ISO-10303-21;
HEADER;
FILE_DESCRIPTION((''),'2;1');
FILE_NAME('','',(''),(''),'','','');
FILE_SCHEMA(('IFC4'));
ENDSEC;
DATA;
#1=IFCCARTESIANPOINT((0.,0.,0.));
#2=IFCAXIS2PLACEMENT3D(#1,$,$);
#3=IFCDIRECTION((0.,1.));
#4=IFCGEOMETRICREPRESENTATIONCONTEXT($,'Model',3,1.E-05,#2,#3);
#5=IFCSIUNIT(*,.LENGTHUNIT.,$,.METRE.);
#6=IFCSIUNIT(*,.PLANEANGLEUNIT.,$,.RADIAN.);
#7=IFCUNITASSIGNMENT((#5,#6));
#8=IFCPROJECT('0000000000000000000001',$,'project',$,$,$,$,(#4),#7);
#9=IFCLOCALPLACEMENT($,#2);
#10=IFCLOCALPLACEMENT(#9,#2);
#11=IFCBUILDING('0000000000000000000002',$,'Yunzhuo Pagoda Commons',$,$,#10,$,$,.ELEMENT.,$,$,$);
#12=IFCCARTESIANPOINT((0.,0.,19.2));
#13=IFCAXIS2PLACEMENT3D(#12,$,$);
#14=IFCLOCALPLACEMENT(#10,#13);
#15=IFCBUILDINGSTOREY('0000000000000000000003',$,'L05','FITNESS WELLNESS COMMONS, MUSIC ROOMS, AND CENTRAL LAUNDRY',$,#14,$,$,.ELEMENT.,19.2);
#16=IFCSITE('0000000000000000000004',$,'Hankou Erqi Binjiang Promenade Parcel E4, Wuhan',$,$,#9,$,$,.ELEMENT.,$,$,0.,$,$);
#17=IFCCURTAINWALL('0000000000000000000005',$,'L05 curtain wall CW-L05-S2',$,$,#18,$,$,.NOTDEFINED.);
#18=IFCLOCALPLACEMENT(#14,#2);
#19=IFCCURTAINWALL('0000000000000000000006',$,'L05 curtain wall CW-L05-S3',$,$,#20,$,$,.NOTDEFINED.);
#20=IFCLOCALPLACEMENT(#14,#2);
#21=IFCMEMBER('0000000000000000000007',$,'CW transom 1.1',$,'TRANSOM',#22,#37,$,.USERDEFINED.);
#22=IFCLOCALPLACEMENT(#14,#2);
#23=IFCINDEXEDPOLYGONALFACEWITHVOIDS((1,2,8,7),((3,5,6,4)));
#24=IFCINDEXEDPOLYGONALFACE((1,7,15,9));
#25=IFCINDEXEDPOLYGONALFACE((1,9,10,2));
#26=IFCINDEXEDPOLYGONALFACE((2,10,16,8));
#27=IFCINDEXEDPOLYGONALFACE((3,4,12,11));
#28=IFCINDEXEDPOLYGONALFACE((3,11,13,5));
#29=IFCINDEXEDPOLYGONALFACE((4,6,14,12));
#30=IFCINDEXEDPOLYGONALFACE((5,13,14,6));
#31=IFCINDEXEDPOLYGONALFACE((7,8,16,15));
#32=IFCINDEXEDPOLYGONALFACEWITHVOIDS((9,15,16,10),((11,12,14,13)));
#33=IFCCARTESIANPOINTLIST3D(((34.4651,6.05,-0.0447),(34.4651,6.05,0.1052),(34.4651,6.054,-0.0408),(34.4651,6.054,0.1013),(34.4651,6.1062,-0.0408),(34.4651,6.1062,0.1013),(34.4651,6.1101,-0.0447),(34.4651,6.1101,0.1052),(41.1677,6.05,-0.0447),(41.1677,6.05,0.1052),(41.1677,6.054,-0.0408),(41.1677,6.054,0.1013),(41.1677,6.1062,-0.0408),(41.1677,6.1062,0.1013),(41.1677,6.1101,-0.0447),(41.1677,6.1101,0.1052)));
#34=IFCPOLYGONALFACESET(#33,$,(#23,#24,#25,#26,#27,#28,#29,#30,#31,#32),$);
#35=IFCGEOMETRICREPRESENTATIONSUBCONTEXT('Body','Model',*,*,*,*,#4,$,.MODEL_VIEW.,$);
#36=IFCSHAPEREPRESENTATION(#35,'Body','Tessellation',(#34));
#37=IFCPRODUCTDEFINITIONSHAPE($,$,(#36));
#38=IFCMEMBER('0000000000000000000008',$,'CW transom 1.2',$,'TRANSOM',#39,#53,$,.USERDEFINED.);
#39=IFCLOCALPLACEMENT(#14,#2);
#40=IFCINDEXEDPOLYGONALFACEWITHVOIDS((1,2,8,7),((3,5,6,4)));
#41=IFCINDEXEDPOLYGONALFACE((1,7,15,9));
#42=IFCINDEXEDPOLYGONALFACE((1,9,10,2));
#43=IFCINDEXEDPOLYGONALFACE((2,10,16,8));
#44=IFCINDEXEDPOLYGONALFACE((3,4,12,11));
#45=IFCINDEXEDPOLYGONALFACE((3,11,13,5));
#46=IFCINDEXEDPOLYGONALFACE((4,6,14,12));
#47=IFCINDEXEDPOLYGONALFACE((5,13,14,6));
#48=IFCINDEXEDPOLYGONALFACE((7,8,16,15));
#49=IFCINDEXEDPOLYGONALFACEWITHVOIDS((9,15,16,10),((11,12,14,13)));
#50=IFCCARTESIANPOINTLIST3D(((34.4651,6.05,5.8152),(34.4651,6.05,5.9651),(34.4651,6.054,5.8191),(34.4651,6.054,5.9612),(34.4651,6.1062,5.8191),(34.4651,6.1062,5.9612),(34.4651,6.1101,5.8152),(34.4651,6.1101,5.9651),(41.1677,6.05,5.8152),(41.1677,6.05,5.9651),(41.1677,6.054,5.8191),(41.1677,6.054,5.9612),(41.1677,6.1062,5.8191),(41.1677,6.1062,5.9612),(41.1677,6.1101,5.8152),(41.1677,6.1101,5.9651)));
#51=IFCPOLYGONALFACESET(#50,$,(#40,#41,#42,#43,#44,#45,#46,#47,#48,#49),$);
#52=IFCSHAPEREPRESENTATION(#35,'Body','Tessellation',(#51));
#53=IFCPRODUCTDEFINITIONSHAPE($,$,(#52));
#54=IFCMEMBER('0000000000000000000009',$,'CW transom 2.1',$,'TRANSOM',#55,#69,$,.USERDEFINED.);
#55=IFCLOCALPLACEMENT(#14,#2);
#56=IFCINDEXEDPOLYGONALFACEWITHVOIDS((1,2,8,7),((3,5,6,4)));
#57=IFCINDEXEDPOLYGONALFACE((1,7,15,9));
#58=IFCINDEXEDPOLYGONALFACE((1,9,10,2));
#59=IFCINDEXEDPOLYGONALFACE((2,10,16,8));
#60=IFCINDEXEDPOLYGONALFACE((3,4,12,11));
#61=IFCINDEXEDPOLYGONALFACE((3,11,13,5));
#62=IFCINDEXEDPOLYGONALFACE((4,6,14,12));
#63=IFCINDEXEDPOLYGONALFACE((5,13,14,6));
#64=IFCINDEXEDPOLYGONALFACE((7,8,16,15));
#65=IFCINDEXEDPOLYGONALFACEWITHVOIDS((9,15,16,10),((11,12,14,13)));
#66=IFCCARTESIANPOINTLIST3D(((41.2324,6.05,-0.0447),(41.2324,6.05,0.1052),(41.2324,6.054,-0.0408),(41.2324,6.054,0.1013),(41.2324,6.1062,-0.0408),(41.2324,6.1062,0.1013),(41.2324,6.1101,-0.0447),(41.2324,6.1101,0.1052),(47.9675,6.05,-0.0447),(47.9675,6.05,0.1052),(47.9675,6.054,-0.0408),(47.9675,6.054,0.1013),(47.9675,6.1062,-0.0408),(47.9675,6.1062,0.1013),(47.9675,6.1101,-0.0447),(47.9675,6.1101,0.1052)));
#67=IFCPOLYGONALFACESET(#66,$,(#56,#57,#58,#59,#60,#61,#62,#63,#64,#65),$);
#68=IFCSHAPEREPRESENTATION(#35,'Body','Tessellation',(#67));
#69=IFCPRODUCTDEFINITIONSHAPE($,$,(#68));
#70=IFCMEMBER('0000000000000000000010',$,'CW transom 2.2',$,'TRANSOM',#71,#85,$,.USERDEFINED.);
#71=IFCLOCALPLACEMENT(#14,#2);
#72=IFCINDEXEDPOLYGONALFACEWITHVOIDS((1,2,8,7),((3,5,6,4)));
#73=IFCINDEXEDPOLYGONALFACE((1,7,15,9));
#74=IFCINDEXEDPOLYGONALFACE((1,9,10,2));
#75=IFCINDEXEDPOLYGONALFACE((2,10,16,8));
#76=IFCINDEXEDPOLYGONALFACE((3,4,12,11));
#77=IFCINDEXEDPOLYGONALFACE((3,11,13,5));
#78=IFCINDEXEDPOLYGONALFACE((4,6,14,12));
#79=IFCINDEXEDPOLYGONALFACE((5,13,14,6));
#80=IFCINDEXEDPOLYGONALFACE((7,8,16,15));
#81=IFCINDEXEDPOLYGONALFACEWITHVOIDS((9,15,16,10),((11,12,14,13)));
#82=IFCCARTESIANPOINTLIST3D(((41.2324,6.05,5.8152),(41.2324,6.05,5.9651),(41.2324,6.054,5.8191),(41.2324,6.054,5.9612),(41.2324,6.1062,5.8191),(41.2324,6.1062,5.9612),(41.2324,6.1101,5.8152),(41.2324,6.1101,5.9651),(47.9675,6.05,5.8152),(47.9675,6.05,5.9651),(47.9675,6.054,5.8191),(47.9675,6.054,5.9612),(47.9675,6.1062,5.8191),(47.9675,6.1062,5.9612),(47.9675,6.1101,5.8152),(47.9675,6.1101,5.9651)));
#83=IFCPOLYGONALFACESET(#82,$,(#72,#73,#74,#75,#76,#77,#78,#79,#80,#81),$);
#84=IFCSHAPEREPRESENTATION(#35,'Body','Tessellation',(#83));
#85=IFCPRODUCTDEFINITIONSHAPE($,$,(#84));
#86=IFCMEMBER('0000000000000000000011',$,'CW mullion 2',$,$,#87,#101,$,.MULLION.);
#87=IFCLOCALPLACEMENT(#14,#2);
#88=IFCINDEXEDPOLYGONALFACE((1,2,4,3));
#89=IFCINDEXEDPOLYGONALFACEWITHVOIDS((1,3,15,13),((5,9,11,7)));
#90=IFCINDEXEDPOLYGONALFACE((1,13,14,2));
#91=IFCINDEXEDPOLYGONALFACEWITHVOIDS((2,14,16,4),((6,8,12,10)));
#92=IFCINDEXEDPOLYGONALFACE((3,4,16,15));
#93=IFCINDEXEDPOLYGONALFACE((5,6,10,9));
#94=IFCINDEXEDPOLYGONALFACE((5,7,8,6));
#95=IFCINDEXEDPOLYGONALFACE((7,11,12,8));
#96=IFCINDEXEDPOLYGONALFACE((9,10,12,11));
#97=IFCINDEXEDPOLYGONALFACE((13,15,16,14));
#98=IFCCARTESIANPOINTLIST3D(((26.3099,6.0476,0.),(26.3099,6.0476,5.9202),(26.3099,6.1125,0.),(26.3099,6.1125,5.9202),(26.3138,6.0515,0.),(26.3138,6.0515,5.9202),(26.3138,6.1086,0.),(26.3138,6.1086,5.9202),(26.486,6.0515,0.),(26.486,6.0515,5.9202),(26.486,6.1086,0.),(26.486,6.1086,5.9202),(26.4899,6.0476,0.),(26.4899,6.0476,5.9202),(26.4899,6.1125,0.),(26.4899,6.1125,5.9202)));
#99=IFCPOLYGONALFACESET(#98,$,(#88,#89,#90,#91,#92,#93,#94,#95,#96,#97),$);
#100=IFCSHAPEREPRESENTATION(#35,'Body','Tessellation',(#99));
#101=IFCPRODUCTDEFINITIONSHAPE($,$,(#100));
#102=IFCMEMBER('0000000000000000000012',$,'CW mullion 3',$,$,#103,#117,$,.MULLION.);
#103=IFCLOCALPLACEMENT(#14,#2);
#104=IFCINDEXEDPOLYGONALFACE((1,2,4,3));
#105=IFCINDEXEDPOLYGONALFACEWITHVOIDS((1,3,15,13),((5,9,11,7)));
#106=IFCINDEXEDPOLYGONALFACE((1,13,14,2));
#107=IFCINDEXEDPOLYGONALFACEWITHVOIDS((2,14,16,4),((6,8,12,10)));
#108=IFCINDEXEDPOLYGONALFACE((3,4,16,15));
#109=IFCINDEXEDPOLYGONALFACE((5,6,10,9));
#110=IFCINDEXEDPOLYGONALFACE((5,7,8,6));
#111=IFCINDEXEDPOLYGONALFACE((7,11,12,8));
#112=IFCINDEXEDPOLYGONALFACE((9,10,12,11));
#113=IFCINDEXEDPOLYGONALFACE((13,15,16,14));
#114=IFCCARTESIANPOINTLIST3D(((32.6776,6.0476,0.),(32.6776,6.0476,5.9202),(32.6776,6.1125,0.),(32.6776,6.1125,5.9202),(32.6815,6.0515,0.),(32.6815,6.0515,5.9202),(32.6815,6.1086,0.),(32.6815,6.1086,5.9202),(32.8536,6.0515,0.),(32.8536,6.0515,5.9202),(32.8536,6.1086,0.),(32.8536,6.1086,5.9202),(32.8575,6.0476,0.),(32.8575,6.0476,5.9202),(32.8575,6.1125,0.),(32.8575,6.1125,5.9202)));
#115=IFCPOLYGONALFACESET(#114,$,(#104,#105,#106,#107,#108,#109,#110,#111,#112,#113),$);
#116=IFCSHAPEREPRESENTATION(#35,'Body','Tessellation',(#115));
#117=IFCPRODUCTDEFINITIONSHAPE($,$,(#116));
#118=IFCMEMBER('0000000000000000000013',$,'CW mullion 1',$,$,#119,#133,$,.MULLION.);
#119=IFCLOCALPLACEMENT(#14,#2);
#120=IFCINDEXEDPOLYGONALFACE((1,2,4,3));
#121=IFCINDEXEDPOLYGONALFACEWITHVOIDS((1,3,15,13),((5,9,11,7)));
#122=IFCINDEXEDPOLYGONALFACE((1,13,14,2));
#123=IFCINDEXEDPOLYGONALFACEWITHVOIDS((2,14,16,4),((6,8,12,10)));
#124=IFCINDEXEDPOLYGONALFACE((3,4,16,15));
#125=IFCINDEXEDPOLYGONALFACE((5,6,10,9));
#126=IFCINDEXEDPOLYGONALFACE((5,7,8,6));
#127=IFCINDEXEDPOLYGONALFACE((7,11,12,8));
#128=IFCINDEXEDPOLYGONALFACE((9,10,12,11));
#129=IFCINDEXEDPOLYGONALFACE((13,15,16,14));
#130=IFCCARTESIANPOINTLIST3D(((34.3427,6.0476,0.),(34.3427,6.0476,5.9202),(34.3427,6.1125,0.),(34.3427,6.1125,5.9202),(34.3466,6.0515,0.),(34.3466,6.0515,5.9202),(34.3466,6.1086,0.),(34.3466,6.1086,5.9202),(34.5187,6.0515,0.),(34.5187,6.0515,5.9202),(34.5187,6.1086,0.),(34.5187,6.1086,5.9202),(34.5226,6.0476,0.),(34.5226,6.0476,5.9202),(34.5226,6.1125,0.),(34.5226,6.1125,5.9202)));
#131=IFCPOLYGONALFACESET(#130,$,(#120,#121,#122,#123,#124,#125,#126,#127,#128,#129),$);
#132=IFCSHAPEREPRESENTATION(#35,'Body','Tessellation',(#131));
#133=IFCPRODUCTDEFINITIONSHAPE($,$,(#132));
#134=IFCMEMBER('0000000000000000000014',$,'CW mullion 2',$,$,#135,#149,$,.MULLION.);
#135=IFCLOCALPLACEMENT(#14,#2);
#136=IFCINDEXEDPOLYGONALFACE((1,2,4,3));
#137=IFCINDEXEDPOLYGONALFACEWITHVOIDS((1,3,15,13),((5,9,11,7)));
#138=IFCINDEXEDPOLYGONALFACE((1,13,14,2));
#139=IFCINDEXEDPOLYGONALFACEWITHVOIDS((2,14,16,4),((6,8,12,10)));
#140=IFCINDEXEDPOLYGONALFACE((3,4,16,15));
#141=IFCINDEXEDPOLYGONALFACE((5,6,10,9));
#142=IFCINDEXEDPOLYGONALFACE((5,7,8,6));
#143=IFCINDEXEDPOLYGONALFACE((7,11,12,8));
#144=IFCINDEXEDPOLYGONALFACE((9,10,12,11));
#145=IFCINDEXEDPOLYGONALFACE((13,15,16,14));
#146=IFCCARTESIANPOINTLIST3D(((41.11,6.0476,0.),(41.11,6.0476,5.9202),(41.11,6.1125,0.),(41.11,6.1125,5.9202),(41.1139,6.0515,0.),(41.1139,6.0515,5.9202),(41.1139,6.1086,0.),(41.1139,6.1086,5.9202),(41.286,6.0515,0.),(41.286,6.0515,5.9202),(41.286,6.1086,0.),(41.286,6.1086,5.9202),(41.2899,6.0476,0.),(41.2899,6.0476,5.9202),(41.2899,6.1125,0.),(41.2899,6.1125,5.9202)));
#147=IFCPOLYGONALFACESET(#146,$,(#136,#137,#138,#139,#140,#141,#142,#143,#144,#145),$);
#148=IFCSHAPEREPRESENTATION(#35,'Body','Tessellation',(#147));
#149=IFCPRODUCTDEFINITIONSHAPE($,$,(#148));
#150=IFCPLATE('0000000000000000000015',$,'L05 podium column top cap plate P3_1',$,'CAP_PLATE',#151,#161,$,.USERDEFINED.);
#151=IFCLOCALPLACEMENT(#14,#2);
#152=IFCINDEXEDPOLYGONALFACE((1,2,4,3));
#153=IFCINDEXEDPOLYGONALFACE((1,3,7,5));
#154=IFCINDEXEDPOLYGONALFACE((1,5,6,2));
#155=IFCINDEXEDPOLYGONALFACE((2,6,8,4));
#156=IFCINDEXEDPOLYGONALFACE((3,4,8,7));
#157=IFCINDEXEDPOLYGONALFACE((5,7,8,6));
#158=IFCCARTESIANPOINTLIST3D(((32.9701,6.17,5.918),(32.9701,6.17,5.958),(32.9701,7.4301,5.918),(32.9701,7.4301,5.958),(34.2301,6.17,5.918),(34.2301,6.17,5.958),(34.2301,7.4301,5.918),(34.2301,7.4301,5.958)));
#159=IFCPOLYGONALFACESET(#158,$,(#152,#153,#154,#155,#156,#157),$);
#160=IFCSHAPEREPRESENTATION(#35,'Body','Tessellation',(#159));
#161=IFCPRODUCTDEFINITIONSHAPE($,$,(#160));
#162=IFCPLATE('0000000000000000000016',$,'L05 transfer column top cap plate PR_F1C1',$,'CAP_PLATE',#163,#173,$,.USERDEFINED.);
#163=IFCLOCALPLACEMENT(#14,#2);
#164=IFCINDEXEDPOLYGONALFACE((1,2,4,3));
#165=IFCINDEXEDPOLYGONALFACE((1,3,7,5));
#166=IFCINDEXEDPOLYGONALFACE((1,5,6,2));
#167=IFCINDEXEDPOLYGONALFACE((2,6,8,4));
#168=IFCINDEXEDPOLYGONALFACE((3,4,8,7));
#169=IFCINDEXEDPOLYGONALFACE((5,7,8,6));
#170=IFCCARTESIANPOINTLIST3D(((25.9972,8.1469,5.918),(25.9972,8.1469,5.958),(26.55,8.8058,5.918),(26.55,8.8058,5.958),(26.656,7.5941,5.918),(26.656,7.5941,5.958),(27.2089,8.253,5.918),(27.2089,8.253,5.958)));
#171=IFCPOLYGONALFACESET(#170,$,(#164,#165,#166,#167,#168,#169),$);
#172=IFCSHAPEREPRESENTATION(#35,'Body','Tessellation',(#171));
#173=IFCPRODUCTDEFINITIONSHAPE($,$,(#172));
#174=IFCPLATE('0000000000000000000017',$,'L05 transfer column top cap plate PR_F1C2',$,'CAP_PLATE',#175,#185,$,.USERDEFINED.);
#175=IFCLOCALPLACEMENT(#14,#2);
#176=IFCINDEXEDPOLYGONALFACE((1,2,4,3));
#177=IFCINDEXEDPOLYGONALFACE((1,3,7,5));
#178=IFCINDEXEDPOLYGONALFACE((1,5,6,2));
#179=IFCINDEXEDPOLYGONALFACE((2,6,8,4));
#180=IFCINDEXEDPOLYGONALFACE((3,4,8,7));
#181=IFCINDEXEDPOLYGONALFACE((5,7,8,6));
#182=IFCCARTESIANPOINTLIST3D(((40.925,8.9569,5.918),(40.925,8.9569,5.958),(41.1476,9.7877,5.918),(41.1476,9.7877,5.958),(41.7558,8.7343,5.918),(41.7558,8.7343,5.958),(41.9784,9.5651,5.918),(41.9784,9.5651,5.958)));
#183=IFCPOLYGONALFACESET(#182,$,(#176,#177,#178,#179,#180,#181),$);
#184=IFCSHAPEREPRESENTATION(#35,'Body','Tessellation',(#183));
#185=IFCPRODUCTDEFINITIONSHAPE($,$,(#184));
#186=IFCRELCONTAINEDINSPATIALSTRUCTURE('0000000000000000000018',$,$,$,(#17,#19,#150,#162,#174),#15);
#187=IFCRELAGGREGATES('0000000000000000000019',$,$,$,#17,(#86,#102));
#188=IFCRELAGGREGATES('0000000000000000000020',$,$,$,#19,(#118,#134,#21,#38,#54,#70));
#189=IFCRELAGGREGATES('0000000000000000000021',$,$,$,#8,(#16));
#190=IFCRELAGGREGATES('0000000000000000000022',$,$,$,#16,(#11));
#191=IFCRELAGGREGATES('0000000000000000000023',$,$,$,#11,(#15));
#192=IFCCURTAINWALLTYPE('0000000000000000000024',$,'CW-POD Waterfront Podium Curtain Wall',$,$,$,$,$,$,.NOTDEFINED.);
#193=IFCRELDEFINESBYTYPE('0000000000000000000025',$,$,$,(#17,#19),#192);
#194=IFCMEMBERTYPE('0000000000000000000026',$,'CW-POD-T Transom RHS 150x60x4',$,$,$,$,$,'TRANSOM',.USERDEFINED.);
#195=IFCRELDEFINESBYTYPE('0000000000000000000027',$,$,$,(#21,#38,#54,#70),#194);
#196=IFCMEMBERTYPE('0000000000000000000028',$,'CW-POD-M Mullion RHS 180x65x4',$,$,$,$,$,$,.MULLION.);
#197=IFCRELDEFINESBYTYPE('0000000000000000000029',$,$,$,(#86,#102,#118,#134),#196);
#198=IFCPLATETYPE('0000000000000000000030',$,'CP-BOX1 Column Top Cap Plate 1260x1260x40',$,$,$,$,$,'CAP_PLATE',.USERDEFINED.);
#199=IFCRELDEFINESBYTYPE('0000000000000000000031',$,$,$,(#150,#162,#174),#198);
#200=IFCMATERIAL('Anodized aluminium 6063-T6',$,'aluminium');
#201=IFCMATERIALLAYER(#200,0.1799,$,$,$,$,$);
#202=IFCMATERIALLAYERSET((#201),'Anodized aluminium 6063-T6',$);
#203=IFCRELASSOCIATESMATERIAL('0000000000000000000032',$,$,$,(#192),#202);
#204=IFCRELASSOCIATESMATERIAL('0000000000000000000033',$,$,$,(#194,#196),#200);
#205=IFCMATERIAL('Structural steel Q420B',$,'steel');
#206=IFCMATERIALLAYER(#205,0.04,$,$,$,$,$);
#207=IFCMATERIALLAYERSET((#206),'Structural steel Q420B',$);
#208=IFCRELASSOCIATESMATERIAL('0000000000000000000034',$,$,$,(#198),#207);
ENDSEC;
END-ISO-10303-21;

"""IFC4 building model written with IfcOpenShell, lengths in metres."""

from ifc_helpers import new_model, si_unit, direction, frame, origin, origin_2d, place, context, subcontext, project, spatial, rectangle, hollow_rectangle, extrude, source, transform, mapped, material, layer, layer_set, material_profile, profile_set, type_object, element, aggregate, save


model = new_model("IFC4")

# Units and contexts
model_context = context("Model", 3, precision=1e-05, world=origin(), true_north=direction((0.0, 1.0)))
body_context = subcontext(model_context, "Body", "Model", "MODEL_VIEW")
ifc_project = project(units=[si_unit("LENGTHUNIT", "METRE"), si_unit("PLANEANGLEUNIT", "RADIAN")], contexts=[model_context])

# Site, building, storey
site_placement = place(None, origin())
site = spatial("IfcSite", under=ifc_project, at=site_placement, Name="Hankou Erqi Binjiang Promenade Parcel E4, Wuhan", CompositionType="ELEMENT", RefElevation=0.0)
building_placement = place(site_placement, origin())
building = spatial("IfcBuilding", under=site, at=building_placement, Name="Yunzhuo Pagoda Commons", CompositionType="ELEMENT")
storey_placement = place(building_placement, frame((0.0, 0.0, 19.2)))
storey = spatial("IfcBuildingStorey", under=building, at=storey_placement, Name="L05", Description="FITNESS WELLNESS COMMONS, MUSIC ROOMS, AND CENTRAL LAUNDRY", CompositionType="ELEMENT", Elevation=19.2)

# Shared definitions
ifc_material_1 = material(Name="Structural steel Q420B", Category="steel")

# Curtain walls, members
ifc_material_2 = material(Name="Anodized aluminium 6063-T6", Category="aluminium")
ifc_layer_1 = layer(ifc_material_2, 0.1799)
ifc_layer_set_1 = layer_set([ifc_layer_1], Name="Anodized aluminium 6063-T6")
curtain_wall_type = type_object("IfcCurtainWallType", Name="CW-POD Waterfront Podium Curtain Wall", PredefinedType="NOTDEFINED", material=ifc_layer_set_1)
curtain_wall_1_placement = place(storey_placement, origin())
curtain_wall_1 = element("IfcCurtainWall", 1, at=curtain_wall_1_placement, inside=storey, type_object=curtain_wall_type, Name="L05 curtain wall CW-L05-S2", PredefinedType="NOTDEFINED")
ifc_material_profile_1 = material_profile(ifc_material_2, hollow_rectangle(XDim=0.0601, YDim=0.1499, WallThickness=0.0039, at=origin_2d()), Name="Anodized aluminium 6063-T6")
ifc_profile_set_1 = profile_set([ifc_material_profile_1], Name="Anodized aluminium 6063-T6")
member_type_1 = type_object("IfcMemberType", Name="CW-POD-T Transom RHS 150x60x4", ElementType="TRANSOM", PredefinedType="USERDEFINED", material=ifc_profile_set_1)
curtain_wall_2_placement = place(storey_placement, origin())
curtain_wall_2 = element("IfcCurtainWall", 2, at=curtain_wall_2_placement, inside=storey, type_object=curtain_wall_type, Name="L05 curtain wall CW-L05-S3", PredefinedType="NOTDEFINED")
shared_shape_1 = source(origin(), body_context, "Body", "SweptSolid", [
    extrude(hollow_rectangle(XDim=0.0601, YDim=0.1499, WallThickness=0.0039, at=origin_2d()), origin(), (0.0, 0.0, 1.0), 6.7026),
])
member_1_placement = place(storey_placement, frame((34.4651, 6.0801, 0.0303), z_axis=(1.0, 0.0, 0.0), x_axis=(0.0, 1.0, 0.0)))
member_1 = element("IfcMember", 3, at=member_1_placement, type_object=member_type_1, Name="CW transom 1.1", ObjectType="TRANSOM", PredefinedType="USERDEFINED", context=body_context, shape_type="MappedRepresentation", body=[
    mapped(shared_shape_1, transform((0.0, 0.0, 0.0), scale=1.0)),
])
member_2_placement = place(storey_placement, frame((34.4651, 6.0801, 5.8901), z_axis=(1.0, 0.0, 0.0), x_axis=(0.0, 1.0, 0.0)))
member_2 = element("IfcMember", 4, at=member_2_placement, type_object=member_type_1, Name="CW transom 1.2", ObjectType="TRANSOM", PredefinedType="USERDEFINED", context=body_context, shape_type="MappedRepresentation", body=[
    mapped(shared_shape_1, transform((0.0, 0.0, 0.0), scale=1.0)),
])
shared_shape_2 = source(origin(), body_context, "Body", "SweptSolid", [
    extrude(hollow_rectangle(XDim=0.0601, YDim=0.1499, WallThickness=0.0039, at=origin_2d()), origin(), (0.0, 0.0, 1.0), 6.7351),
])
member_3_placement = place(storey_placement, frame((41.2324, 6.0801, 0.0303), z_axis=(1.0, 0.0, 0.0), x_axis=(0.0, 1.0, 0.0)))
member_3 = element("IfcMember", 5, at=member_3_placement, type_object=member_type_1, Name="CW transom 2.1", ObjectType="TRANSOM", PredefinedType="USERDEFINED", context=body_context, shape_type="MappedRepresentation", body=[
    mapped(shared_shape_2, transform((0.0, 0.0, 0.0), scale=1.0)),
])
member_4_placement = place(storey_placement, frame((41.2324, 6.0801, 5.8901), z_axis=(1.0, 0.0, 0.0), x_axis=(0.0, 1.0, 0.0)))
member_4 = element("IfcMember", 6, at=member_4_placement, type_object=member_type_1, Name="CW transom 2.2", ObjectType="TRANSOM", PredefinedType="USERDEFINED", context=body_context, shape_type="MappedRepresentation", body=[
    mapped(shared_shape_2, transform((0.0, 0.0, 0.0), scale=1.0)),
])

# Members
ifc_material_profile_2 = material_profile(ifc_material_2, hollow_rectangle(XDim=0.0649, YDim=0.1799, WallThickness=0.0039, at=origin_2d()), Name="Anodized aluminium 6063-T6")
ifc_profile_set_2 = profile_set([ifc_material_profile_2], Name="Anodized aluminium 6063-T6")
member_type_2 = type_object("IfcMemberType", Name="CW-POD-M Mullion RHS 180x65x4", PredefinedType="MULLION", material=ifc_profile_set_2)
shared_shape_3 = source(origin(), body_context, "Body", "SweptSolid", [
    extrude(hollow_rectangle(XDim=0.0649, YDim=0.1799, WallThickness=0.0039, at=origin_2d()), origin(), (0.0, 0.0, 1.0), 5.9202),
])
member_5_placement = place(storey_placement, frame((26.3999, 6.0801, 0.0), z_axis=(0.0, 0.0, 1.0), x_axis=(0.0, 1.0, 0.0)))
member_5 = element("IfcMember", 7, at=member_5_placement, type_object=member_type_2, Name="CW mullion 2", PredefinedType="MULLION", context=body_context, shape_type="MappedRepresentation", body=[
    mapped(shared_shape_3, transform((0.0, 0.0, 0.0), scale=1.0)),
])
member_6_placement = place(storey_placement, frame((32.7676, 6.0801, 0.0), z_axis=(0.0, 0.0, 1.0), x_axis=(0.0, 1.0, 0.0)))
member_6 = element("IfcMember", 8, at=member_6_placement, type_object=member_type_2, Name="CW mullion 3", PredefinedType="MULLION", context=body_context, shape_type="MappedRepresentation", body=[
    mapped(shared_shape_3, transform((0.0, 0.0, 0.0), scale=1.0)),
])
member_7_placement = place(storey_placement, frame((34.4326, 6.0801, 0.0), z_axis=(0.0, 0.0, 1.0), x_axis=(0.0, 1.0, 0.0)))
member_7 = element("IfcMember", 9, at=member_7_placement, type_object=member_type_2, Name="CW mullion 1", PredefinedType="MULLION", context=body_context, shape_type="MappedRepresentation", body=[
    mapped(shared_shape_3, transform((0.0, 0.0, 0.0), scale=1.0)),
])
member_8_placement = place(storey_placement, frame((41.2, 6.0801, 0.0), z_axis=(0.0, 0.0, 1.0), x_axis=(0.0, 1.0, 0.0)))
member_8 = element("IfcMember", 10, at=member_8_placement, type_object=member_type_2, Name="CW mullion 2", PredefinedType="MULLION", context=body_context, shape_type="MappedRepresentation", body=[
    mapped(shared_shape_3, transform((0.0, 0.0, 0.0), scale=1.0)),
])

# Plates
ifc_layer_2 = layer(ifc_material_1, 0.04)
ifc_layer_set_2 = layer_set([ifc_layer_2], Name="Structural steel Q420B")
plate_type_1 = type_object("IfcPlateType", Name="CP-BOX1 Column Top Cap Plate 1260x1260x40", ElementType="CAP_PLATE", PredefinedType="USERDEFINED", material=ifc_layer_set_2)
shared_shape_4 = source(origin(), body_context, "Body", "SweptSolid", [
    extrude(rectangle(XDim=1.26, YDim=1.26, at=origin_2d()), origin(), (0.0, 0.0, 1.0), 0.04),
])
plate_1_placement = place(storey_placement, frame((33.6001, 6.8, 5.918), z_axis=(0.0, 0.0, 1.0), x_axis=(1.0, 0.0, 0.0)))
element("IfcPlate", 11, at=plate_1_placement, inside=storey, type_object=plate_type_1, Name="L05 podium column top cap plate P3_1", ObjectType="CAP_PLATE", PredefinedType="USERDEFINED", context=body_context, shape_type="MappedRepresentation", body=[
    mapped(shared_shape_4, transform((0.0, 0.0, 0.0), scale=1.0)),
])
shared_shape_5 = source(origin(), body_context, "Body", "SweptSolid", [
    extrude(rectangle(XDim=0.8601, YDim=0.8601, at=origin_2d()), origin(), (0.0, 0.0, 1.0), 0.04),
])
for number, where, z_axis, x_axis, name in (
    (12, (26.603, 8.2, 5.918), (0.0, 0.0, 1.0), (0.766044, -0.642788, 0.0), "L05 transfer column top cap plate PR_F1C1"),
    (13, (41.4517, 9.261, 5.918), (0.0, 0.0, 1.0), (0.965926, -0.258819, 0.0), "L05 transfer column top cap plate PR_F1C2"),
):
    element("IfcPlate", number, at=place(storey_placement, frame(where, z_axis=z_axis, x_axis=x_axis)), inside=storey, type_object=plate_type_1, Name=name, ObjectType="CAP_PLATE", PredefinedType="USERDEFINED", context=body_context, shape_type="MappedRepresentation", body=[
        mapped(shared_shape_5, transform((0.0, 0.0, 0.0), scale=1.0)),
    ])

aggregate(curtain_wall_1, [member_5, member_6])
aggregate(curtain_wall_2, [member_7, member_8, member_1, member_2, member_3, member_4])

save(model, "model.ifc")
